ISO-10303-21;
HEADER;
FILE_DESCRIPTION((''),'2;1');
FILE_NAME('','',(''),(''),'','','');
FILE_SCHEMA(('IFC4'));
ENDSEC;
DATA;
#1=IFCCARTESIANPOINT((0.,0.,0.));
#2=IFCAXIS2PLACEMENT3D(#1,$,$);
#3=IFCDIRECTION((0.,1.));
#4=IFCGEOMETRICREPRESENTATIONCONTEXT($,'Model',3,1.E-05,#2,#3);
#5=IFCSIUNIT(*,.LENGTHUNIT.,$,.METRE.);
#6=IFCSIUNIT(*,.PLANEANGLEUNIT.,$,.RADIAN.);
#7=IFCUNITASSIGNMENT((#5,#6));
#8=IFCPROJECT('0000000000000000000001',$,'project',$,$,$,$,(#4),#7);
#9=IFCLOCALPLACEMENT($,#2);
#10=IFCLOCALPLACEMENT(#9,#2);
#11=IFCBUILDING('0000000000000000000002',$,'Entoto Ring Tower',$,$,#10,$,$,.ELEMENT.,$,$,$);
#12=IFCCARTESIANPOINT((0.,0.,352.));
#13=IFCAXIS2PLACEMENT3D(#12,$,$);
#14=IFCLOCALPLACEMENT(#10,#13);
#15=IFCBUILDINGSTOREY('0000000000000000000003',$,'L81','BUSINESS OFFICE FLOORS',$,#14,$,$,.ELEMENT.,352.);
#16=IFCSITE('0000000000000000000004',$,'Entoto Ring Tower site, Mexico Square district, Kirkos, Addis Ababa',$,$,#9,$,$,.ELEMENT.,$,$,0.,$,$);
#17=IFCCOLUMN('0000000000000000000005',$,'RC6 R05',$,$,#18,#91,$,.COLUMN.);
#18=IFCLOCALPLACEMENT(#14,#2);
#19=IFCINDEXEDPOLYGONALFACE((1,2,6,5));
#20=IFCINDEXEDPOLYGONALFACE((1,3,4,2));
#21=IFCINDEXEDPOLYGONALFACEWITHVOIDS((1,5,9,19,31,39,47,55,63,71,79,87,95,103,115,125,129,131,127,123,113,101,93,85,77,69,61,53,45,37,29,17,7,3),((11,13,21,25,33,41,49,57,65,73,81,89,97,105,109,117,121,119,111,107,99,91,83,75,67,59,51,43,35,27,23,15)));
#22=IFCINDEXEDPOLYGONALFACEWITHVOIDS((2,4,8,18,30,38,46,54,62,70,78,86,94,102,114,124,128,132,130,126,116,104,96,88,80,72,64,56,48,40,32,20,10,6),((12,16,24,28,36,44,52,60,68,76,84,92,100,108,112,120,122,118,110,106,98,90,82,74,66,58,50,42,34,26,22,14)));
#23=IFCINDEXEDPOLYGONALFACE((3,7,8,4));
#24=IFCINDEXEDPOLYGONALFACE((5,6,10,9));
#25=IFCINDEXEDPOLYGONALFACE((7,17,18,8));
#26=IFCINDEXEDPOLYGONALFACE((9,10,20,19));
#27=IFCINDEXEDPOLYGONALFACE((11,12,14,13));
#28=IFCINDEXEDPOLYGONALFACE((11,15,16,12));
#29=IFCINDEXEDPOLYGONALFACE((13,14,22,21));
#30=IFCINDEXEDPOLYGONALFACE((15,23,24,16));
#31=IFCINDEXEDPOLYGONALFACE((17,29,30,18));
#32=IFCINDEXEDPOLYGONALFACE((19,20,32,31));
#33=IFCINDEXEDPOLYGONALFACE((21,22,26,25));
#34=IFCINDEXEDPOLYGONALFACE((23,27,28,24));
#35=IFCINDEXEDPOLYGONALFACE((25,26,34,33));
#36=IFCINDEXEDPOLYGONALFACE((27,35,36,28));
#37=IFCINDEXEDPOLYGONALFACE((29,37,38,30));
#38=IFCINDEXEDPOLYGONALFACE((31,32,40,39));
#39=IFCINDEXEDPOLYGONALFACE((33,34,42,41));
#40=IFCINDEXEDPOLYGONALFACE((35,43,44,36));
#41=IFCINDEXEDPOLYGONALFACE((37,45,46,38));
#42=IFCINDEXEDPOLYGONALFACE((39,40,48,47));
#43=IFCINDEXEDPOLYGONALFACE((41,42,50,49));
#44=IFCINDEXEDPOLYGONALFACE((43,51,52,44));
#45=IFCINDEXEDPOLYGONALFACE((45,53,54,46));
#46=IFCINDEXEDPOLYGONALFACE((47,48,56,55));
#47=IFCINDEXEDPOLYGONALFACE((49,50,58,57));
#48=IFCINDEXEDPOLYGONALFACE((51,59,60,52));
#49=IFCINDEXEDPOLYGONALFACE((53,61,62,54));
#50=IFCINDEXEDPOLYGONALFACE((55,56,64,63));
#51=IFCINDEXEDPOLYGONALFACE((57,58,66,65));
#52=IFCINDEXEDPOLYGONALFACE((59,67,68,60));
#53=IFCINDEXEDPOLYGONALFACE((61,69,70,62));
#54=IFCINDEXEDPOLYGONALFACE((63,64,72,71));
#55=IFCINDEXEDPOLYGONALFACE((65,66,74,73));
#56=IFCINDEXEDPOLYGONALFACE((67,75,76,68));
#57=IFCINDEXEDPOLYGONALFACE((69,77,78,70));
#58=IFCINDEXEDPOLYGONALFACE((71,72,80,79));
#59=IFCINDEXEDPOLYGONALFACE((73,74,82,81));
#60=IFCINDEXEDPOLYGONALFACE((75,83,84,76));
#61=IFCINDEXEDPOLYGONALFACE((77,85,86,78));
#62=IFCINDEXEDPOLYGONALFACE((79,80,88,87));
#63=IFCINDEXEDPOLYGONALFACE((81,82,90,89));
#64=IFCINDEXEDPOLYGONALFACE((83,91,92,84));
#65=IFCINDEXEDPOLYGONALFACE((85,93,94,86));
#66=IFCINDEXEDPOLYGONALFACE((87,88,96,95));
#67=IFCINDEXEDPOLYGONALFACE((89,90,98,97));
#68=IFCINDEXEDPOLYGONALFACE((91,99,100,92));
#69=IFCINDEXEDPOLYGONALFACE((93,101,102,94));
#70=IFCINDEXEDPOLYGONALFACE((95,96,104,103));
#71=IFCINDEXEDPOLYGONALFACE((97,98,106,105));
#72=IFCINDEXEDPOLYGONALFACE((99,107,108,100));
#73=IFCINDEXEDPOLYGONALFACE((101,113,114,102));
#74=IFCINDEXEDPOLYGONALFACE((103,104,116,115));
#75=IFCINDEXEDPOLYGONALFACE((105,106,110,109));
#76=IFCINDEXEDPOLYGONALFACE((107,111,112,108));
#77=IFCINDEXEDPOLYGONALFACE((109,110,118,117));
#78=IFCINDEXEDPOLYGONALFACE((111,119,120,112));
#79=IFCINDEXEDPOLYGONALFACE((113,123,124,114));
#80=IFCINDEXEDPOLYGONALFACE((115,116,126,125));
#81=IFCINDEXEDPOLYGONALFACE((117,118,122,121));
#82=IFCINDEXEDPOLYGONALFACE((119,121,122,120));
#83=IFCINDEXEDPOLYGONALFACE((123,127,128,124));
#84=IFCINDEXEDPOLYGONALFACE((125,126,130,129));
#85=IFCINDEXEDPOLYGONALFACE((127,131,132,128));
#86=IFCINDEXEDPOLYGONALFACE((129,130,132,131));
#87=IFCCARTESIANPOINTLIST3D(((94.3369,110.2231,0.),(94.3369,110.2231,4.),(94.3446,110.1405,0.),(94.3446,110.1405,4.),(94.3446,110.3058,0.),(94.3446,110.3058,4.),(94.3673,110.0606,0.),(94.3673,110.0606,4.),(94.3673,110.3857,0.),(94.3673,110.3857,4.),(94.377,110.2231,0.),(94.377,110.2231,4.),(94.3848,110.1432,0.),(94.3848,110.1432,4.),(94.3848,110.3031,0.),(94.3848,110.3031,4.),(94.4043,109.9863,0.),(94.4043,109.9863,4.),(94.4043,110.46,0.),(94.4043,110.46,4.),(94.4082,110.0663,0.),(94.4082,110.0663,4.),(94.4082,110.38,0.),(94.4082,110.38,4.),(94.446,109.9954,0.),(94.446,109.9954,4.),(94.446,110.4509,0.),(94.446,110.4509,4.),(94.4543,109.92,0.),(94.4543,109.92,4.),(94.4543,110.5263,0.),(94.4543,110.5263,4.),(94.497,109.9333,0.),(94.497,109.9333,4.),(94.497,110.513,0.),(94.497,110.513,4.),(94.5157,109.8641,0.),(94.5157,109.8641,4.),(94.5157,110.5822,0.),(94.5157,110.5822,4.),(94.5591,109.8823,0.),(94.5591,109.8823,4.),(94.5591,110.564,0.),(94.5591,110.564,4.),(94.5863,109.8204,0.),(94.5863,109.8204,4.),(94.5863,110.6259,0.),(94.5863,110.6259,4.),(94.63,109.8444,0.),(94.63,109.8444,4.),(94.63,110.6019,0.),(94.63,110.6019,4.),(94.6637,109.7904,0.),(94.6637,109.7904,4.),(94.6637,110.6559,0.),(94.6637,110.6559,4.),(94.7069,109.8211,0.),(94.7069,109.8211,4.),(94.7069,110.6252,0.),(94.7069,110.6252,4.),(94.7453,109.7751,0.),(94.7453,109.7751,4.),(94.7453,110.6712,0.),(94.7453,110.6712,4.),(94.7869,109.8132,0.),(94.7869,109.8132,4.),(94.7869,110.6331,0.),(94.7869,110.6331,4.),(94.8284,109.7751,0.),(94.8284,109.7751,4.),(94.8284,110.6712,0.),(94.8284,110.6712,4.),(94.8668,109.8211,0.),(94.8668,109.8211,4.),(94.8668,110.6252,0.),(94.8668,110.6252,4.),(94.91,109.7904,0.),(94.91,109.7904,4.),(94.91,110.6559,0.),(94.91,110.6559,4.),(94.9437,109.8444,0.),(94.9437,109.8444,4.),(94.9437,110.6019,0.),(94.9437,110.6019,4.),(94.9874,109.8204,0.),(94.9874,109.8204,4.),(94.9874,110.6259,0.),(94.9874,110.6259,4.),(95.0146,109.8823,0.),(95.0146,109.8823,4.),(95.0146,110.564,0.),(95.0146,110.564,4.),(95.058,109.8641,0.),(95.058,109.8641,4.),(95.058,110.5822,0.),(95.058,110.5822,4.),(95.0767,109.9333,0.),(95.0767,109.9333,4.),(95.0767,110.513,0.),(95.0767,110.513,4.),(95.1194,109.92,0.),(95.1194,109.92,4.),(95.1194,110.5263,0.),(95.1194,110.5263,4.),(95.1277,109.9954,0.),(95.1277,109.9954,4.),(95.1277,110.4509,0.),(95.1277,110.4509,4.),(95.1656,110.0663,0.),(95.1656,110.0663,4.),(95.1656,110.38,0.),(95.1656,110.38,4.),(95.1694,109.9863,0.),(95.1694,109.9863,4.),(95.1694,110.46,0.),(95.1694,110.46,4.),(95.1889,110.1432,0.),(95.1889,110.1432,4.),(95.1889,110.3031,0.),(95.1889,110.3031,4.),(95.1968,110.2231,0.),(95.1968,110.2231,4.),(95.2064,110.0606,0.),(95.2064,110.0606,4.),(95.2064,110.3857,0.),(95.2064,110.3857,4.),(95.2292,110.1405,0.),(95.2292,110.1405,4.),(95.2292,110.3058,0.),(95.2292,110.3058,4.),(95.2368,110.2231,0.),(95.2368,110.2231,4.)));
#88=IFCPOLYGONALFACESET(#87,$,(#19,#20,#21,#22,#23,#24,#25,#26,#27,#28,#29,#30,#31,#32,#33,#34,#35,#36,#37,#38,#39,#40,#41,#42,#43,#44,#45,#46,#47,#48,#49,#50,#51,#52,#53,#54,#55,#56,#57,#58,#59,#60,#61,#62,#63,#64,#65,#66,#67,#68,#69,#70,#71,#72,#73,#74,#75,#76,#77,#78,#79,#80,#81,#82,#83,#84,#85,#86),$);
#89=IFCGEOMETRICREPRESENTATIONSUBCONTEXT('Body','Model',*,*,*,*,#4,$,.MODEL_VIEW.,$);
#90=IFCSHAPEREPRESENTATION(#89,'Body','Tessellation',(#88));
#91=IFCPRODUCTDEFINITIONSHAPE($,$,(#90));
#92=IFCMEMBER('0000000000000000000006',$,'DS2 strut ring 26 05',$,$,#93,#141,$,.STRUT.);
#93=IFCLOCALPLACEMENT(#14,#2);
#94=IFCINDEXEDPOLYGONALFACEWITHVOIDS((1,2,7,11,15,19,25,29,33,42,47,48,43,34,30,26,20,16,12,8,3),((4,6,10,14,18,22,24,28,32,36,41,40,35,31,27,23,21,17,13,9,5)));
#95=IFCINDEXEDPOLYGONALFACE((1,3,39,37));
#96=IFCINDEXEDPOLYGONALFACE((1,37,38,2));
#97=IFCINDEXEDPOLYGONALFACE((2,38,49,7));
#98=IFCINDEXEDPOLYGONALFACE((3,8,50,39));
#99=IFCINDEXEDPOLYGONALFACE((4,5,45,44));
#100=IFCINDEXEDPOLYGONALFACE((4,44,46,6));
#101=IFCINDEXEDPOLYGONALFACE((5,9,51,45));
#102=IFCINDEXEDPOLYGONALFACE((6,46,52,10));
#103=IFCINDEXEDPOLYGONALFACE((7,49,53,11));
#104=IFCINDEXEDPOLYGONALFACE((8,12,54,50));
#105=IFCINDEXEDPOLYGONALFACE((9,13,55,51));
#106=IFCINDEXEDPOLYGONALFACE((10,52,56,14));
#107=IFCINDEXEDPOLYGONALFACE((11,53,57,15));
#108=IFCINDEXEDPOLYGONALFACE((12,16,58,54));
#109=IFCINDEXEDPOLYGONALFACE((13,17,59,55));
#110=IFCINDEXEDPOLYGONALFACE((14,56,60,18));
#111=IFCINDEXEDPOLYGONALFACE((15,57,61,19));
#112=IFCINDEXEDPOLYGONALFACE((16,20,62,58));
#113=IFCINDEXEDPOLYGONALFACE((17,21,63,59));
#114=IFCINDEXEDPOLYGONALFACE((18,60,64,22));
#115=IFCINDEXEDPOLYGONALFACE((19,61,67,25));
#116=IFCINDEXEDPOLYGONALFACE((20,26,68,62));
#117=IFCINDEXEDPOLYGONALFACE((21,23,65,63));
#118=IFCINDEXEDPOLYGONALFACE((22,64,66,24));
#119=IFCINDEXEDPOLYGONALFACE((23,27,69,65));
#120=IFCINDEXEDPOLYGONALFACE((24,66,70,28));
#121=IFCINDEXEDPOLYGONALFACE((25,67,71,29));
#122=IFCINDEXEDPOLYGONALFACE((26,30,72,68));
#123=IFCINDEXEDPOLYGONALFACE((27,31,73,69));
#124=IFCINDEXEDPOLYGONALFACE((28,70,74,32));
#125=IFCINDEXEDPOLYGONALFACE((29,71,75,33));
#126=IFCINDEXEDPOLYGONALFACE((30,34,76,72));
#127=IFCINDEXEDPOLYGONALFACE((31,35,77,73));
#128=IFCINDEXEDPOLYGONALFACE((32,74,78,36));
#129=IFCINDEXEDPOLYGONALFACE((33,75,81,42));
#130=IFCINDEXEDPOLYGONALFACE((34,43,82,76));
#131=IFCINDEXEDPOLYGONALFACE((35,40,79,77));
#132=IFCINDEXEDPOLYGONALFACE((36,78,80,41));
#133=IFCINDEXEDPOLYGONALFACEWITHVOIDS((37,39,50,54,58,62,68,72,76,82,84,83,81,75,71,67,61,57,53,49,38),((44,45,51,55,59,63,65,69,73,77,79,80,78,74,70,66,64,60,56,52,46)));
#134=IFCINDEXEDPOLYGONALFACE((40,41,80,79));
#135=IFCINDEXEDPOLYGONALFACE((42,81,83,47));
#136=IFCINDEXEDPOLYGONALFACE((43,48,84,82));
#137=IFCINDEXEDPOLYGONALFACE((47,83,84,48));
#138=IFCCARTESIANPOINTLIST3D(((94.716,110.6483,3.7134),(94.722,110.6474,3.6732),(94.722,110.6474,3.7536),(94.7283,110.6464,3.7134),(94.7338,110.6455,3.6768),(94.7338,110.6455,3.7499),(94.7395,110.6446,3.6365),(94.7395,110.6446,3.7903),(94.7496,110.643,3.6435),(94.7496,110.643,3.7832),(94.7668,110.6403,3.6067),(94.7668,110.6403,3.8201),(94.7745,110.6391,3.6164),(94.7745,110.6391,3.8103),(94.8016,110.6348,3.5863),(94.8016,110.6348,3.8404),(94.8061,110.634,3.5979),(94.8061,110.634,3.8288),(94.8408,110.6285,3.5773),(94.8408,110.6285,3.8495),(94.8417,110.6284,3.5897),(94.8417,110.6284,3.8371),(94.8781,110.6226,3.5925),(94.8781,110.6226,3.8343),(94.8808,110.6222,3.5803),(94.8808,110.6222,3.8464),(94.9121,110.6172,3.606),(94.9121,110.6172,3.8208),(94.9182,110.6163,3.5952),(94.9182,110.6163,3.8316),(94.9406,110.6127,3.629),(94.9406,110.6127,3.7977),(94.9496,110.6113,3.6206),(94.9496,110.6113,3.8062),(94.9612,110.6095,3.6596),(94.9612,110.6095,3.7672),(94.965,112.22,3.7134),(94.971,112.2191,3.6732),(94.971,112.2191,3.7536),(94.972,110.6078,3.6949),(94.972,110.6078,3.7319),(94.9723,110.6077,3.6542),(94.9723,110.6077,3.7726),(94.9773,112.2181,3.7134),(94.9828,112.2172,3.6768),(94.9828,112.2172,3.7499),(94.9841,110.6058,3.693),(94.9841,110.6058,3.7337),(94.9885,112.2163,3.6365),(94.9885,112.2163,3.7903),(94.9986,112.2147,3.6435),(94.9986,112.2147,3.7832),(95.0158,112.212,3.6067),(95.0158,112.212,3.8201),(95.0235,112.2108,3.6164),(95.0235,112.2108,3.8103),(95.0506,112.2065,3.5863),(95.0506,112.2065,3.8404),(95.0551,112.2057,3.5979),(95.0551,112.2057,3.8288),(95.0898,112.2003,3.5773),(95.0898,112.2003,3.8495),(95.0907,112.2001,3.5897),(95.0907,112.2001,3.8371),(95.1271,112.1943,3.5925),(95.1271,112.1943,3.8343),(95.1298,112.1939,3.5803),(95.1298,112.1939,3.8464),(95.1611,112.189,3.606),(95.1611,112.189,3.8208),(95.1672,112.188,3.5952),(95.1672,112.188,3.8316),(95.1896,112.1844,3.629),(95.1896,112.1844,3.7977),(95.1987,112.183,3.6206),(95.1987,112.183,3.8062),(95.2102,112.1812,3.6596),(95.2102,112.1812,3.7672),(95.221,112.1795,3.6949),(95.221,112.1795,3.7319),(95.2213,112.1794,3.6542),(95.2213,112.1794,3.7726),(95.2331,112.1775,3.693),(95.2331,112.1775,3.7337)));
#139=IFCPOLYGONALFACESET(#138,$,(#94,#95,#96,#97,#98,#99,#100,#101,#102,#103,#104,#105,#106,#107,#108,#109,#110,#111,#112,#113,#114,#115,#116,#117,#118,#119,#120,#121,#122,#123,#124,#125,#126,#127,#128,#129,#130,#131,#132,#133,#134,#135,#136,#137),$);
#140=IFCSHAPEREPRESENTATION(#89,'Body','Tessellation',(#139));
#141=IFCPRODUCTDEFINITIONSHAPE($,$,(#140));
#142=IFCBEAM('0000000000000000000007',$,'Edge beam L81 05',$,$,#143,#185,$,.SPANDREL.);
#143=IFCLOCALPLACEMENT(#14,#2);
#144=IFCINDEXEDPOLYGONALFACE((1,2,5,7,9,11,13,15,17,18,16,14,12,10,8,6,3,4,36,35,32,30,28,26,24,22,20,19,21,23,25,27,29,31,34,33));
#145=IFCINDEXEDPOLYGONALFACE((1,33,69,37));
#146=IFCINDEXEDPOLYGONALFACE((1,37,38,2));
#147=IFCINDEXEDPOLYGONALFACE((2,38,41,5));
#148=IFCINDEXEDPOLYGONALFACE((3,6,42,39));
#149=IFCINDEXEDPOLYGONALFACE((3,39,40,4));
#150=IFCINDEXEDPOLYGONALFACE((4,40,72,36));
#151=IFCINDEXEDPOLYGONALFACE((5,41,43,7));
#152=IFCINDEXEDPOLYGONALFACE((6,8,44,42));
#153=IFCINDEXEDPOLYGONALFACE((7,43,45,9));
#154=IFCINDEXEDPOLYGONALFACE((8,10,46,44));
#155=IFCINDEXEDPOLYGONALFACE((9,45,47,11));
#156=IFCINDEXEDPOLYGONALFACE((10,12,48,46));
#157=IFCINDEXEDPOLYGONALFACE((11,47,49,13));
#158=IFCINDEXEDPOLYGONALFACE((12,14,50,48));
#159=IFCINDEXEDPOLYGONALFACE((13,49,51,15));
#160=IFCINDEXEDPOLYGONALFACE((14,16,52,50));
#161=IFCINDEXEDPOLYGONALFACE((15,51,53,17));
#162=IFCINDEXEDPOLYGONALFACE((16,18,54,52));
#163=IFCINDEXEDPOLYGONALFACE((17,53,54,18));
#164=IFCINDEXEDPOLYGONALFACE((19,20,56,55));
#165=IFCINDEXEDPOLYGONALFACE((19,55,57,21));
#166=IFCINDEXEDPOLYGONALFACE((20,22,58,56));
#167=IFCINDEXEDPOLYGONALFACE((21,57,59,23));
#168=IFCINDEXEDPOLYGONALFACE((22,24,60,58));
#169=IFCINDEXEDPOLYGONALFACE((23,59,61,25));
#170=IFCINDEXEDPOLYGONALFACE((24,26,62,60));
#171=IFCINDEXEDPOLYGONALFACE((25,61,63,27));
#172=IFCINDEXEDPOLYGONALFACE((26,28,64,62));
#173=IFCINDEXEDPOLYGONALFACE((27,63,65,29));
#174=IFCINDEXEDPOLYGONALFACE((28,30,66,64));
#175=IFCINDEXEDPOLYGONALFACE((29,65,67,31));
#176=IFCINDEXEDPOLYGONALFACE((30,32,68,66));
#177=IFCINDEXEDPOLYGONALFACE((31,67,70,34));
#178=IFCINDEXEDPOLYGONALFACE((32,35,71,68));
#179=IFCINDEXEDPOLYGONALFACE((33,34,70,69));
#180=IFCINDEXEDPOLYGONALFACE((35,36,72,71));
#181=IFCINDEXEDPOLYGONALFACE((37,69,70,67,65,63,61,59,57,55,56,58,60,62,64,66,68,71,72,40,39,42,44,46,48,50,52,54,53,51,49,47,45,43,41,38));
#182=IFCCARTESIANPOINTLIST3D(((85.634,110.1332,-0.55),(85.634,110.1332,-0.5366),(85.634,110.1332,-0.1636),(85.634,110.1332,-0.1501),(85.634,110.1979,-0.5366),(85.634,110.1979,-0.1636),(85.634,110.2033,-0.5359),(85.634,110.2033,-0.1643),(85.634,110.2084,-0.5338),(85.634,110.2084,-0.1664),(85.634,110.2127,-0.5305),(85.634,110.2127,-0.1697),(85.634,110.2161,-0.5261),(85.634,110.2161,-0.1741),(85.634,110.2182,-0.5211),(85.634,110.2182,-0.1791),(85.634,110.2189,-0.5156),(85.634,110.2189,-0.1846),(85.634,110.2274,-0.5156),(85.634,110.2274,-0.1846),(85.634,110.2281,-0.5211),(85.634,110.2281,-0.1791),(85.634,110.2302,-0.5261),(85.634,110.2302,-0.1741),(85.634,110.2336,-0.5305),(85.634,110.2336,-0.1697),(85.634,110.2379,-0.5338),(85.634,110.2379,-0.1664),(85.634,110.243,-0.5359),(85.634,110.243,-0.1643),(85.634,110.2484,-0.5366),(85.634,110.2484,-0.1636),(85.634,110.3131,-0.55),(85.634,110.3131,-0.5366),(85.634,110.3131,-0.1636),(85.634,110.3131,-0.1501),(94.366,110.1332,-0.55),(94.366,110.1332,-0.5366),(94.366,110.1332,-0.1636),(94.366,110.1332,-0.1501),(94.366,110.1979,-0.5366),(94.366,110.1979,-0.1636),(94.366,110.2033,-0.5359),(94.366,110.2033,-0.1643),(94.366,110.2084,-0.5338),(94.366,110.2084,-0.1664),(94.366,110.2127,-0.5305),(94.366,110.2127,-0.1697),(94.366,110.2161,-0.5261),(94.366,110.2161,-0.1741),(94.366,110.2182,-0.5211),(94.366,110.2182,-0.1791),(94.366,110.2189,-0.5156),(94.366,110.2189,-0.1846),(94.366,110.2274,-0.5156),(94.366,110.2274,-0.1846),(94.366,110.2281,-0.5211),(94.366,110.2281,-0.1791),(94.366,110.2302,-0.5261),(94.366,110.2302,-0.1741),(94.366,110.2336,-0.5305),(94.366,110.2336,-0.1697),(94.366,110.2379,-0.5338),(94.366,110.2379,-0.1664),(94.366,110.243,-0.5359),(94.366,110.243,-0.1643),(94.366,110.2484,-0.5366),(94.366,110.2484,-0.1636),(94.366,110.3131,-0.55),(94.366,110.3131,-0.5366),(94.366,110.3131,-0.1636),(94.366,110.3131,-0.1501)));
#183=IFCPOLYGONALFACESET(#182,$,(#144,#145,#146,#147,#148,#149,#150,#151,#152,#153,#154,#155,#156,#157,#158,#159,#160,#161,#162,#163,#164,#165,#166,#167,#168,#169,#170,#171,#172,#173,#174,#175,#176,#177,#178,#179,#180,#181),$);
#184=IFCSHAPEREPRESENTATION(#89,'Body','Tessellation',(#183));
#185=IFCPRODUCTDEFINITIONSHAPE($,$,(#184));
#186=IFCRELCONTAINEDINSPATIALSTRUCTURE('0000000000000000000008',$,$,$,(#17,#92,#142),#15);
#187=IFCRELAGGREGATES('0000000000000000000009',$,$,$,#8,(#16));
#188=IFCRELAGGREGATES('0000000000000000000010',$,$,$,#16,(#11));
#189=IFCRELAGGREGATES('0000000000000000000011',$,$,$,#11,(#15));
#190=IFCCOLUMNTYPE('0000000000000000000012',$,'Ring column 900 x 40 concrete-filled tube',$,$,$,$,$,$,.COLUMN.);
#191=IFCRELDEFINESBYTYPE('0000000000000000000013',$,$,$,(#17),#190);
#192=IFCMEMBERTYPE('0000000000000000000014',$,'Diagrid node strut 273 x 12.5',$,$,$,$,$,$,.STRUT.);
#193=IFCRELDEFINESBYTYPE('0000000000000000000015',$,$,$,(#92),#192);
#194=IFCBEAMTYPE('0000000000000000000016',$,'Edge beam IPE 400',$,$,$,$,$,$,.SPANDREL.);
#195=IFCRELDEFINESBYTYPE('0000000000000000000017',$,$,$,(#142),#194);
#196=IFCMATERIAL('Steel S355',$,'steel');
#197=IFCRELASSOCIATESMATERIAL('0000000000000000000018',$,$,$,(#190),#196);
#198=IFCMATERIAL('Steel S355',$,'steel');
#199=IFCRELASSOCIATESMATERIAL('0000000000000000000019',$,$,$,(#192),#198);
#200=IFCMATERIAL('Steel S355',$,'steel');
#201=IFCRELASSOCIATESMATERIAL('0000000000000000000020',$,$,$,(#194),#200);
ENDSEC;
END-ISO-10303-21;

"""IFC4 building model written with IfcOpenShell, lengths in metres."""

from ifc_helpers import new_model, si_unit, direction, frame, origin, origin_2d, place, context, subcontext, project, spatial, circle, hollow_circle, i_section, extrude, material, material_profile, profile_set, type_object, element, save


model = new_model("IFC4")

# Units and contexts
model_context = context("Model", 3, precision=1e-05, world=origin(), true_north=direction((0.0, 1.0)))
body_context = subcontext(model_context, "Body", "Model", "MODEL_VIEW")
ifc_project = project(units=[si_unit("LENGTHUNIT", "METRE"), si_unit("PLANEANGLEUNIT", "RADIAN")], contexts=[model_context])

# Site, building, storey
site_placement = place(None, origin())
site = spatial("IfcSite", under=ifc_project, at=site_placement, Name="Entoto Ring Tower site, Mexico Square district, Kirkos, Addis Ababa", CompositionType="ELEMENT", RefElevation=0.0)
building_placement = place(site_placement, origin())
building = spatial("IfcBuilding", under=site, at=building_placement, Name="Entoto Ring Tower", CompositionType="ELEMENT")
storey_placement = place(building_placement, frame((0.0, 0.0, 352.0)))
storey = spatial("IfcBuildingStorey", under=building, at=storey_placement, Name="L81", Description="BUSINESS OFFICE FLOORS", CompositionType="ELEMENT", Elevation=352.0)

# Column
ifc_material_1 = material(Name="Steel S355", Category="steel")
ifc_material_profile_1 = material_profile(ifc_material_1, hollow_circle(Radius=0.45, WallThickness=0.04, at=origin_2d()), Name="CHS 900 x 40")
ifc_material_2 = material(Name="Concrete C60/75", Category="concrete")
ifc_material_profile_2 = material_profile(ifc_material_2, circle(Radius=0.4099, at=origin_2d()), Name="Concrete C60/75 infill")
ifc_profile_set_1 = profile_set([ifc_material_profile_1, ifc_material_profile_2], Name="Steel S355")
column_type = type_object("IfcColumnType", Name="Ring column 900 x 40 concrete-filled tube", PredefinedType="COLUMN", material=ifc_profile_set_1)
column_placement = place(storey_placement, frame((94.7869, 110.2231, 0.0), z_axis=(0.0, 0.0, 1.0), x_axis=(1.0, 0.0, 0.0)))
element("IfcColumn", 1, at=column_placement, inside=storey, type_object=column_type, Name="RC6 R05", PredefinedType="COLUMN", context=body_context, shape_type="SweptSolid", body=[
    extrude(hollow_circle(Radius=0.45, WallThickness=0.04, at=origin_2d()), origin(), (0.0, 0.0, 1.0), 4.0),
])

# Member
ifc_material_3 = material(Name="Steel S355", Category="steel")
ifc_material_profile_3 = material_profile(ifc_material_3, hollow_circle(Radius=0.1365, WallThickness=0.0125, at=origin_2d()), Name="CHS 273 x 12.5")
ifc_material_4 = material(Name="Concrete C60/75", Category="concrete")
ifc_material_profile_4 = material_profile(ifc_material_4, circle(Radius=0.124, at=origin_2d()), Name="Concrete C60/75 infill")
ifc_profile_set_2 = profile_set([ifc_material_profile_3, ifc_material_profile_4], Name="Steel S355")
member_type = type_object("IfcMemberType", Name="Diagrid node strut 273 x 12.5", PredefinedType="STRUT", material=ifc_profile_set_2)
member_placement = place(storey_placement, frame((94.8508, 110.627, 3.7134), z_axis=(0.156483, 0.987681, 0.0), x_axis=(-0.987681, 0.156483, 0.0)))
element("IfcMember", 2, at=member_placement, inside=storey, type_object=member_type, Name="DS2 strut ring 26 05", PredefinedType="STRUT", context=body_context, shape_type="SweptSolid", body=[
    extrude(hollow_circle(Radius=0.1365, WallThickness=0.0125, at=origin_2d()), origin(), (0.0, 0.0, 1.0), 1.5913),
])

# Beam
ifc_material_5 = material(Name="Steel S355", Category="steel")
ifc_material_profile_5 = material_profile(ifc_material_5, i_section(OverallWidth=0.1799, OverallDepth=0.3999, WebThickness=0.0085, FlangeThickness=0.0134, FilletRadius=0.021, at=origin_2d()), Name="IPE 400")
ifc_profile_set_3 = profile_set([ifc_material_profile_5], Name="Steel S355")
beam_type_1 = type_object("IfcBeamType", Name="Edge beam IPE 400", PredefinedType="SPANDREL", material=ifc_profile_set_3)
beam_1_placement = place(storey_placement, frame((94.366, 110.2231, -0.3501), z_axis=(-1.0, 0.0, 0.0), x_axis=(0.0, -1.0, 0.0)))
element("IfcBeam", 3, at=beam_1_placement, inside=storey, type_object=beam_type_1, Name="Edge beam L81 05", PredefinedType="SPANDREL", context=body_context, shape_type="SweptSolid", body=[
    extrude(i_section(OverallWidth=0.1799, OverallDepth=0.3999, WebThickness=0.0085, FlangeThickness=0.0134, FilletRadius=0.021, at=origin_2d()), origin(), (0.0, 0.0, 1.0), 8.7319),
])

save(model, "model.ifc")
